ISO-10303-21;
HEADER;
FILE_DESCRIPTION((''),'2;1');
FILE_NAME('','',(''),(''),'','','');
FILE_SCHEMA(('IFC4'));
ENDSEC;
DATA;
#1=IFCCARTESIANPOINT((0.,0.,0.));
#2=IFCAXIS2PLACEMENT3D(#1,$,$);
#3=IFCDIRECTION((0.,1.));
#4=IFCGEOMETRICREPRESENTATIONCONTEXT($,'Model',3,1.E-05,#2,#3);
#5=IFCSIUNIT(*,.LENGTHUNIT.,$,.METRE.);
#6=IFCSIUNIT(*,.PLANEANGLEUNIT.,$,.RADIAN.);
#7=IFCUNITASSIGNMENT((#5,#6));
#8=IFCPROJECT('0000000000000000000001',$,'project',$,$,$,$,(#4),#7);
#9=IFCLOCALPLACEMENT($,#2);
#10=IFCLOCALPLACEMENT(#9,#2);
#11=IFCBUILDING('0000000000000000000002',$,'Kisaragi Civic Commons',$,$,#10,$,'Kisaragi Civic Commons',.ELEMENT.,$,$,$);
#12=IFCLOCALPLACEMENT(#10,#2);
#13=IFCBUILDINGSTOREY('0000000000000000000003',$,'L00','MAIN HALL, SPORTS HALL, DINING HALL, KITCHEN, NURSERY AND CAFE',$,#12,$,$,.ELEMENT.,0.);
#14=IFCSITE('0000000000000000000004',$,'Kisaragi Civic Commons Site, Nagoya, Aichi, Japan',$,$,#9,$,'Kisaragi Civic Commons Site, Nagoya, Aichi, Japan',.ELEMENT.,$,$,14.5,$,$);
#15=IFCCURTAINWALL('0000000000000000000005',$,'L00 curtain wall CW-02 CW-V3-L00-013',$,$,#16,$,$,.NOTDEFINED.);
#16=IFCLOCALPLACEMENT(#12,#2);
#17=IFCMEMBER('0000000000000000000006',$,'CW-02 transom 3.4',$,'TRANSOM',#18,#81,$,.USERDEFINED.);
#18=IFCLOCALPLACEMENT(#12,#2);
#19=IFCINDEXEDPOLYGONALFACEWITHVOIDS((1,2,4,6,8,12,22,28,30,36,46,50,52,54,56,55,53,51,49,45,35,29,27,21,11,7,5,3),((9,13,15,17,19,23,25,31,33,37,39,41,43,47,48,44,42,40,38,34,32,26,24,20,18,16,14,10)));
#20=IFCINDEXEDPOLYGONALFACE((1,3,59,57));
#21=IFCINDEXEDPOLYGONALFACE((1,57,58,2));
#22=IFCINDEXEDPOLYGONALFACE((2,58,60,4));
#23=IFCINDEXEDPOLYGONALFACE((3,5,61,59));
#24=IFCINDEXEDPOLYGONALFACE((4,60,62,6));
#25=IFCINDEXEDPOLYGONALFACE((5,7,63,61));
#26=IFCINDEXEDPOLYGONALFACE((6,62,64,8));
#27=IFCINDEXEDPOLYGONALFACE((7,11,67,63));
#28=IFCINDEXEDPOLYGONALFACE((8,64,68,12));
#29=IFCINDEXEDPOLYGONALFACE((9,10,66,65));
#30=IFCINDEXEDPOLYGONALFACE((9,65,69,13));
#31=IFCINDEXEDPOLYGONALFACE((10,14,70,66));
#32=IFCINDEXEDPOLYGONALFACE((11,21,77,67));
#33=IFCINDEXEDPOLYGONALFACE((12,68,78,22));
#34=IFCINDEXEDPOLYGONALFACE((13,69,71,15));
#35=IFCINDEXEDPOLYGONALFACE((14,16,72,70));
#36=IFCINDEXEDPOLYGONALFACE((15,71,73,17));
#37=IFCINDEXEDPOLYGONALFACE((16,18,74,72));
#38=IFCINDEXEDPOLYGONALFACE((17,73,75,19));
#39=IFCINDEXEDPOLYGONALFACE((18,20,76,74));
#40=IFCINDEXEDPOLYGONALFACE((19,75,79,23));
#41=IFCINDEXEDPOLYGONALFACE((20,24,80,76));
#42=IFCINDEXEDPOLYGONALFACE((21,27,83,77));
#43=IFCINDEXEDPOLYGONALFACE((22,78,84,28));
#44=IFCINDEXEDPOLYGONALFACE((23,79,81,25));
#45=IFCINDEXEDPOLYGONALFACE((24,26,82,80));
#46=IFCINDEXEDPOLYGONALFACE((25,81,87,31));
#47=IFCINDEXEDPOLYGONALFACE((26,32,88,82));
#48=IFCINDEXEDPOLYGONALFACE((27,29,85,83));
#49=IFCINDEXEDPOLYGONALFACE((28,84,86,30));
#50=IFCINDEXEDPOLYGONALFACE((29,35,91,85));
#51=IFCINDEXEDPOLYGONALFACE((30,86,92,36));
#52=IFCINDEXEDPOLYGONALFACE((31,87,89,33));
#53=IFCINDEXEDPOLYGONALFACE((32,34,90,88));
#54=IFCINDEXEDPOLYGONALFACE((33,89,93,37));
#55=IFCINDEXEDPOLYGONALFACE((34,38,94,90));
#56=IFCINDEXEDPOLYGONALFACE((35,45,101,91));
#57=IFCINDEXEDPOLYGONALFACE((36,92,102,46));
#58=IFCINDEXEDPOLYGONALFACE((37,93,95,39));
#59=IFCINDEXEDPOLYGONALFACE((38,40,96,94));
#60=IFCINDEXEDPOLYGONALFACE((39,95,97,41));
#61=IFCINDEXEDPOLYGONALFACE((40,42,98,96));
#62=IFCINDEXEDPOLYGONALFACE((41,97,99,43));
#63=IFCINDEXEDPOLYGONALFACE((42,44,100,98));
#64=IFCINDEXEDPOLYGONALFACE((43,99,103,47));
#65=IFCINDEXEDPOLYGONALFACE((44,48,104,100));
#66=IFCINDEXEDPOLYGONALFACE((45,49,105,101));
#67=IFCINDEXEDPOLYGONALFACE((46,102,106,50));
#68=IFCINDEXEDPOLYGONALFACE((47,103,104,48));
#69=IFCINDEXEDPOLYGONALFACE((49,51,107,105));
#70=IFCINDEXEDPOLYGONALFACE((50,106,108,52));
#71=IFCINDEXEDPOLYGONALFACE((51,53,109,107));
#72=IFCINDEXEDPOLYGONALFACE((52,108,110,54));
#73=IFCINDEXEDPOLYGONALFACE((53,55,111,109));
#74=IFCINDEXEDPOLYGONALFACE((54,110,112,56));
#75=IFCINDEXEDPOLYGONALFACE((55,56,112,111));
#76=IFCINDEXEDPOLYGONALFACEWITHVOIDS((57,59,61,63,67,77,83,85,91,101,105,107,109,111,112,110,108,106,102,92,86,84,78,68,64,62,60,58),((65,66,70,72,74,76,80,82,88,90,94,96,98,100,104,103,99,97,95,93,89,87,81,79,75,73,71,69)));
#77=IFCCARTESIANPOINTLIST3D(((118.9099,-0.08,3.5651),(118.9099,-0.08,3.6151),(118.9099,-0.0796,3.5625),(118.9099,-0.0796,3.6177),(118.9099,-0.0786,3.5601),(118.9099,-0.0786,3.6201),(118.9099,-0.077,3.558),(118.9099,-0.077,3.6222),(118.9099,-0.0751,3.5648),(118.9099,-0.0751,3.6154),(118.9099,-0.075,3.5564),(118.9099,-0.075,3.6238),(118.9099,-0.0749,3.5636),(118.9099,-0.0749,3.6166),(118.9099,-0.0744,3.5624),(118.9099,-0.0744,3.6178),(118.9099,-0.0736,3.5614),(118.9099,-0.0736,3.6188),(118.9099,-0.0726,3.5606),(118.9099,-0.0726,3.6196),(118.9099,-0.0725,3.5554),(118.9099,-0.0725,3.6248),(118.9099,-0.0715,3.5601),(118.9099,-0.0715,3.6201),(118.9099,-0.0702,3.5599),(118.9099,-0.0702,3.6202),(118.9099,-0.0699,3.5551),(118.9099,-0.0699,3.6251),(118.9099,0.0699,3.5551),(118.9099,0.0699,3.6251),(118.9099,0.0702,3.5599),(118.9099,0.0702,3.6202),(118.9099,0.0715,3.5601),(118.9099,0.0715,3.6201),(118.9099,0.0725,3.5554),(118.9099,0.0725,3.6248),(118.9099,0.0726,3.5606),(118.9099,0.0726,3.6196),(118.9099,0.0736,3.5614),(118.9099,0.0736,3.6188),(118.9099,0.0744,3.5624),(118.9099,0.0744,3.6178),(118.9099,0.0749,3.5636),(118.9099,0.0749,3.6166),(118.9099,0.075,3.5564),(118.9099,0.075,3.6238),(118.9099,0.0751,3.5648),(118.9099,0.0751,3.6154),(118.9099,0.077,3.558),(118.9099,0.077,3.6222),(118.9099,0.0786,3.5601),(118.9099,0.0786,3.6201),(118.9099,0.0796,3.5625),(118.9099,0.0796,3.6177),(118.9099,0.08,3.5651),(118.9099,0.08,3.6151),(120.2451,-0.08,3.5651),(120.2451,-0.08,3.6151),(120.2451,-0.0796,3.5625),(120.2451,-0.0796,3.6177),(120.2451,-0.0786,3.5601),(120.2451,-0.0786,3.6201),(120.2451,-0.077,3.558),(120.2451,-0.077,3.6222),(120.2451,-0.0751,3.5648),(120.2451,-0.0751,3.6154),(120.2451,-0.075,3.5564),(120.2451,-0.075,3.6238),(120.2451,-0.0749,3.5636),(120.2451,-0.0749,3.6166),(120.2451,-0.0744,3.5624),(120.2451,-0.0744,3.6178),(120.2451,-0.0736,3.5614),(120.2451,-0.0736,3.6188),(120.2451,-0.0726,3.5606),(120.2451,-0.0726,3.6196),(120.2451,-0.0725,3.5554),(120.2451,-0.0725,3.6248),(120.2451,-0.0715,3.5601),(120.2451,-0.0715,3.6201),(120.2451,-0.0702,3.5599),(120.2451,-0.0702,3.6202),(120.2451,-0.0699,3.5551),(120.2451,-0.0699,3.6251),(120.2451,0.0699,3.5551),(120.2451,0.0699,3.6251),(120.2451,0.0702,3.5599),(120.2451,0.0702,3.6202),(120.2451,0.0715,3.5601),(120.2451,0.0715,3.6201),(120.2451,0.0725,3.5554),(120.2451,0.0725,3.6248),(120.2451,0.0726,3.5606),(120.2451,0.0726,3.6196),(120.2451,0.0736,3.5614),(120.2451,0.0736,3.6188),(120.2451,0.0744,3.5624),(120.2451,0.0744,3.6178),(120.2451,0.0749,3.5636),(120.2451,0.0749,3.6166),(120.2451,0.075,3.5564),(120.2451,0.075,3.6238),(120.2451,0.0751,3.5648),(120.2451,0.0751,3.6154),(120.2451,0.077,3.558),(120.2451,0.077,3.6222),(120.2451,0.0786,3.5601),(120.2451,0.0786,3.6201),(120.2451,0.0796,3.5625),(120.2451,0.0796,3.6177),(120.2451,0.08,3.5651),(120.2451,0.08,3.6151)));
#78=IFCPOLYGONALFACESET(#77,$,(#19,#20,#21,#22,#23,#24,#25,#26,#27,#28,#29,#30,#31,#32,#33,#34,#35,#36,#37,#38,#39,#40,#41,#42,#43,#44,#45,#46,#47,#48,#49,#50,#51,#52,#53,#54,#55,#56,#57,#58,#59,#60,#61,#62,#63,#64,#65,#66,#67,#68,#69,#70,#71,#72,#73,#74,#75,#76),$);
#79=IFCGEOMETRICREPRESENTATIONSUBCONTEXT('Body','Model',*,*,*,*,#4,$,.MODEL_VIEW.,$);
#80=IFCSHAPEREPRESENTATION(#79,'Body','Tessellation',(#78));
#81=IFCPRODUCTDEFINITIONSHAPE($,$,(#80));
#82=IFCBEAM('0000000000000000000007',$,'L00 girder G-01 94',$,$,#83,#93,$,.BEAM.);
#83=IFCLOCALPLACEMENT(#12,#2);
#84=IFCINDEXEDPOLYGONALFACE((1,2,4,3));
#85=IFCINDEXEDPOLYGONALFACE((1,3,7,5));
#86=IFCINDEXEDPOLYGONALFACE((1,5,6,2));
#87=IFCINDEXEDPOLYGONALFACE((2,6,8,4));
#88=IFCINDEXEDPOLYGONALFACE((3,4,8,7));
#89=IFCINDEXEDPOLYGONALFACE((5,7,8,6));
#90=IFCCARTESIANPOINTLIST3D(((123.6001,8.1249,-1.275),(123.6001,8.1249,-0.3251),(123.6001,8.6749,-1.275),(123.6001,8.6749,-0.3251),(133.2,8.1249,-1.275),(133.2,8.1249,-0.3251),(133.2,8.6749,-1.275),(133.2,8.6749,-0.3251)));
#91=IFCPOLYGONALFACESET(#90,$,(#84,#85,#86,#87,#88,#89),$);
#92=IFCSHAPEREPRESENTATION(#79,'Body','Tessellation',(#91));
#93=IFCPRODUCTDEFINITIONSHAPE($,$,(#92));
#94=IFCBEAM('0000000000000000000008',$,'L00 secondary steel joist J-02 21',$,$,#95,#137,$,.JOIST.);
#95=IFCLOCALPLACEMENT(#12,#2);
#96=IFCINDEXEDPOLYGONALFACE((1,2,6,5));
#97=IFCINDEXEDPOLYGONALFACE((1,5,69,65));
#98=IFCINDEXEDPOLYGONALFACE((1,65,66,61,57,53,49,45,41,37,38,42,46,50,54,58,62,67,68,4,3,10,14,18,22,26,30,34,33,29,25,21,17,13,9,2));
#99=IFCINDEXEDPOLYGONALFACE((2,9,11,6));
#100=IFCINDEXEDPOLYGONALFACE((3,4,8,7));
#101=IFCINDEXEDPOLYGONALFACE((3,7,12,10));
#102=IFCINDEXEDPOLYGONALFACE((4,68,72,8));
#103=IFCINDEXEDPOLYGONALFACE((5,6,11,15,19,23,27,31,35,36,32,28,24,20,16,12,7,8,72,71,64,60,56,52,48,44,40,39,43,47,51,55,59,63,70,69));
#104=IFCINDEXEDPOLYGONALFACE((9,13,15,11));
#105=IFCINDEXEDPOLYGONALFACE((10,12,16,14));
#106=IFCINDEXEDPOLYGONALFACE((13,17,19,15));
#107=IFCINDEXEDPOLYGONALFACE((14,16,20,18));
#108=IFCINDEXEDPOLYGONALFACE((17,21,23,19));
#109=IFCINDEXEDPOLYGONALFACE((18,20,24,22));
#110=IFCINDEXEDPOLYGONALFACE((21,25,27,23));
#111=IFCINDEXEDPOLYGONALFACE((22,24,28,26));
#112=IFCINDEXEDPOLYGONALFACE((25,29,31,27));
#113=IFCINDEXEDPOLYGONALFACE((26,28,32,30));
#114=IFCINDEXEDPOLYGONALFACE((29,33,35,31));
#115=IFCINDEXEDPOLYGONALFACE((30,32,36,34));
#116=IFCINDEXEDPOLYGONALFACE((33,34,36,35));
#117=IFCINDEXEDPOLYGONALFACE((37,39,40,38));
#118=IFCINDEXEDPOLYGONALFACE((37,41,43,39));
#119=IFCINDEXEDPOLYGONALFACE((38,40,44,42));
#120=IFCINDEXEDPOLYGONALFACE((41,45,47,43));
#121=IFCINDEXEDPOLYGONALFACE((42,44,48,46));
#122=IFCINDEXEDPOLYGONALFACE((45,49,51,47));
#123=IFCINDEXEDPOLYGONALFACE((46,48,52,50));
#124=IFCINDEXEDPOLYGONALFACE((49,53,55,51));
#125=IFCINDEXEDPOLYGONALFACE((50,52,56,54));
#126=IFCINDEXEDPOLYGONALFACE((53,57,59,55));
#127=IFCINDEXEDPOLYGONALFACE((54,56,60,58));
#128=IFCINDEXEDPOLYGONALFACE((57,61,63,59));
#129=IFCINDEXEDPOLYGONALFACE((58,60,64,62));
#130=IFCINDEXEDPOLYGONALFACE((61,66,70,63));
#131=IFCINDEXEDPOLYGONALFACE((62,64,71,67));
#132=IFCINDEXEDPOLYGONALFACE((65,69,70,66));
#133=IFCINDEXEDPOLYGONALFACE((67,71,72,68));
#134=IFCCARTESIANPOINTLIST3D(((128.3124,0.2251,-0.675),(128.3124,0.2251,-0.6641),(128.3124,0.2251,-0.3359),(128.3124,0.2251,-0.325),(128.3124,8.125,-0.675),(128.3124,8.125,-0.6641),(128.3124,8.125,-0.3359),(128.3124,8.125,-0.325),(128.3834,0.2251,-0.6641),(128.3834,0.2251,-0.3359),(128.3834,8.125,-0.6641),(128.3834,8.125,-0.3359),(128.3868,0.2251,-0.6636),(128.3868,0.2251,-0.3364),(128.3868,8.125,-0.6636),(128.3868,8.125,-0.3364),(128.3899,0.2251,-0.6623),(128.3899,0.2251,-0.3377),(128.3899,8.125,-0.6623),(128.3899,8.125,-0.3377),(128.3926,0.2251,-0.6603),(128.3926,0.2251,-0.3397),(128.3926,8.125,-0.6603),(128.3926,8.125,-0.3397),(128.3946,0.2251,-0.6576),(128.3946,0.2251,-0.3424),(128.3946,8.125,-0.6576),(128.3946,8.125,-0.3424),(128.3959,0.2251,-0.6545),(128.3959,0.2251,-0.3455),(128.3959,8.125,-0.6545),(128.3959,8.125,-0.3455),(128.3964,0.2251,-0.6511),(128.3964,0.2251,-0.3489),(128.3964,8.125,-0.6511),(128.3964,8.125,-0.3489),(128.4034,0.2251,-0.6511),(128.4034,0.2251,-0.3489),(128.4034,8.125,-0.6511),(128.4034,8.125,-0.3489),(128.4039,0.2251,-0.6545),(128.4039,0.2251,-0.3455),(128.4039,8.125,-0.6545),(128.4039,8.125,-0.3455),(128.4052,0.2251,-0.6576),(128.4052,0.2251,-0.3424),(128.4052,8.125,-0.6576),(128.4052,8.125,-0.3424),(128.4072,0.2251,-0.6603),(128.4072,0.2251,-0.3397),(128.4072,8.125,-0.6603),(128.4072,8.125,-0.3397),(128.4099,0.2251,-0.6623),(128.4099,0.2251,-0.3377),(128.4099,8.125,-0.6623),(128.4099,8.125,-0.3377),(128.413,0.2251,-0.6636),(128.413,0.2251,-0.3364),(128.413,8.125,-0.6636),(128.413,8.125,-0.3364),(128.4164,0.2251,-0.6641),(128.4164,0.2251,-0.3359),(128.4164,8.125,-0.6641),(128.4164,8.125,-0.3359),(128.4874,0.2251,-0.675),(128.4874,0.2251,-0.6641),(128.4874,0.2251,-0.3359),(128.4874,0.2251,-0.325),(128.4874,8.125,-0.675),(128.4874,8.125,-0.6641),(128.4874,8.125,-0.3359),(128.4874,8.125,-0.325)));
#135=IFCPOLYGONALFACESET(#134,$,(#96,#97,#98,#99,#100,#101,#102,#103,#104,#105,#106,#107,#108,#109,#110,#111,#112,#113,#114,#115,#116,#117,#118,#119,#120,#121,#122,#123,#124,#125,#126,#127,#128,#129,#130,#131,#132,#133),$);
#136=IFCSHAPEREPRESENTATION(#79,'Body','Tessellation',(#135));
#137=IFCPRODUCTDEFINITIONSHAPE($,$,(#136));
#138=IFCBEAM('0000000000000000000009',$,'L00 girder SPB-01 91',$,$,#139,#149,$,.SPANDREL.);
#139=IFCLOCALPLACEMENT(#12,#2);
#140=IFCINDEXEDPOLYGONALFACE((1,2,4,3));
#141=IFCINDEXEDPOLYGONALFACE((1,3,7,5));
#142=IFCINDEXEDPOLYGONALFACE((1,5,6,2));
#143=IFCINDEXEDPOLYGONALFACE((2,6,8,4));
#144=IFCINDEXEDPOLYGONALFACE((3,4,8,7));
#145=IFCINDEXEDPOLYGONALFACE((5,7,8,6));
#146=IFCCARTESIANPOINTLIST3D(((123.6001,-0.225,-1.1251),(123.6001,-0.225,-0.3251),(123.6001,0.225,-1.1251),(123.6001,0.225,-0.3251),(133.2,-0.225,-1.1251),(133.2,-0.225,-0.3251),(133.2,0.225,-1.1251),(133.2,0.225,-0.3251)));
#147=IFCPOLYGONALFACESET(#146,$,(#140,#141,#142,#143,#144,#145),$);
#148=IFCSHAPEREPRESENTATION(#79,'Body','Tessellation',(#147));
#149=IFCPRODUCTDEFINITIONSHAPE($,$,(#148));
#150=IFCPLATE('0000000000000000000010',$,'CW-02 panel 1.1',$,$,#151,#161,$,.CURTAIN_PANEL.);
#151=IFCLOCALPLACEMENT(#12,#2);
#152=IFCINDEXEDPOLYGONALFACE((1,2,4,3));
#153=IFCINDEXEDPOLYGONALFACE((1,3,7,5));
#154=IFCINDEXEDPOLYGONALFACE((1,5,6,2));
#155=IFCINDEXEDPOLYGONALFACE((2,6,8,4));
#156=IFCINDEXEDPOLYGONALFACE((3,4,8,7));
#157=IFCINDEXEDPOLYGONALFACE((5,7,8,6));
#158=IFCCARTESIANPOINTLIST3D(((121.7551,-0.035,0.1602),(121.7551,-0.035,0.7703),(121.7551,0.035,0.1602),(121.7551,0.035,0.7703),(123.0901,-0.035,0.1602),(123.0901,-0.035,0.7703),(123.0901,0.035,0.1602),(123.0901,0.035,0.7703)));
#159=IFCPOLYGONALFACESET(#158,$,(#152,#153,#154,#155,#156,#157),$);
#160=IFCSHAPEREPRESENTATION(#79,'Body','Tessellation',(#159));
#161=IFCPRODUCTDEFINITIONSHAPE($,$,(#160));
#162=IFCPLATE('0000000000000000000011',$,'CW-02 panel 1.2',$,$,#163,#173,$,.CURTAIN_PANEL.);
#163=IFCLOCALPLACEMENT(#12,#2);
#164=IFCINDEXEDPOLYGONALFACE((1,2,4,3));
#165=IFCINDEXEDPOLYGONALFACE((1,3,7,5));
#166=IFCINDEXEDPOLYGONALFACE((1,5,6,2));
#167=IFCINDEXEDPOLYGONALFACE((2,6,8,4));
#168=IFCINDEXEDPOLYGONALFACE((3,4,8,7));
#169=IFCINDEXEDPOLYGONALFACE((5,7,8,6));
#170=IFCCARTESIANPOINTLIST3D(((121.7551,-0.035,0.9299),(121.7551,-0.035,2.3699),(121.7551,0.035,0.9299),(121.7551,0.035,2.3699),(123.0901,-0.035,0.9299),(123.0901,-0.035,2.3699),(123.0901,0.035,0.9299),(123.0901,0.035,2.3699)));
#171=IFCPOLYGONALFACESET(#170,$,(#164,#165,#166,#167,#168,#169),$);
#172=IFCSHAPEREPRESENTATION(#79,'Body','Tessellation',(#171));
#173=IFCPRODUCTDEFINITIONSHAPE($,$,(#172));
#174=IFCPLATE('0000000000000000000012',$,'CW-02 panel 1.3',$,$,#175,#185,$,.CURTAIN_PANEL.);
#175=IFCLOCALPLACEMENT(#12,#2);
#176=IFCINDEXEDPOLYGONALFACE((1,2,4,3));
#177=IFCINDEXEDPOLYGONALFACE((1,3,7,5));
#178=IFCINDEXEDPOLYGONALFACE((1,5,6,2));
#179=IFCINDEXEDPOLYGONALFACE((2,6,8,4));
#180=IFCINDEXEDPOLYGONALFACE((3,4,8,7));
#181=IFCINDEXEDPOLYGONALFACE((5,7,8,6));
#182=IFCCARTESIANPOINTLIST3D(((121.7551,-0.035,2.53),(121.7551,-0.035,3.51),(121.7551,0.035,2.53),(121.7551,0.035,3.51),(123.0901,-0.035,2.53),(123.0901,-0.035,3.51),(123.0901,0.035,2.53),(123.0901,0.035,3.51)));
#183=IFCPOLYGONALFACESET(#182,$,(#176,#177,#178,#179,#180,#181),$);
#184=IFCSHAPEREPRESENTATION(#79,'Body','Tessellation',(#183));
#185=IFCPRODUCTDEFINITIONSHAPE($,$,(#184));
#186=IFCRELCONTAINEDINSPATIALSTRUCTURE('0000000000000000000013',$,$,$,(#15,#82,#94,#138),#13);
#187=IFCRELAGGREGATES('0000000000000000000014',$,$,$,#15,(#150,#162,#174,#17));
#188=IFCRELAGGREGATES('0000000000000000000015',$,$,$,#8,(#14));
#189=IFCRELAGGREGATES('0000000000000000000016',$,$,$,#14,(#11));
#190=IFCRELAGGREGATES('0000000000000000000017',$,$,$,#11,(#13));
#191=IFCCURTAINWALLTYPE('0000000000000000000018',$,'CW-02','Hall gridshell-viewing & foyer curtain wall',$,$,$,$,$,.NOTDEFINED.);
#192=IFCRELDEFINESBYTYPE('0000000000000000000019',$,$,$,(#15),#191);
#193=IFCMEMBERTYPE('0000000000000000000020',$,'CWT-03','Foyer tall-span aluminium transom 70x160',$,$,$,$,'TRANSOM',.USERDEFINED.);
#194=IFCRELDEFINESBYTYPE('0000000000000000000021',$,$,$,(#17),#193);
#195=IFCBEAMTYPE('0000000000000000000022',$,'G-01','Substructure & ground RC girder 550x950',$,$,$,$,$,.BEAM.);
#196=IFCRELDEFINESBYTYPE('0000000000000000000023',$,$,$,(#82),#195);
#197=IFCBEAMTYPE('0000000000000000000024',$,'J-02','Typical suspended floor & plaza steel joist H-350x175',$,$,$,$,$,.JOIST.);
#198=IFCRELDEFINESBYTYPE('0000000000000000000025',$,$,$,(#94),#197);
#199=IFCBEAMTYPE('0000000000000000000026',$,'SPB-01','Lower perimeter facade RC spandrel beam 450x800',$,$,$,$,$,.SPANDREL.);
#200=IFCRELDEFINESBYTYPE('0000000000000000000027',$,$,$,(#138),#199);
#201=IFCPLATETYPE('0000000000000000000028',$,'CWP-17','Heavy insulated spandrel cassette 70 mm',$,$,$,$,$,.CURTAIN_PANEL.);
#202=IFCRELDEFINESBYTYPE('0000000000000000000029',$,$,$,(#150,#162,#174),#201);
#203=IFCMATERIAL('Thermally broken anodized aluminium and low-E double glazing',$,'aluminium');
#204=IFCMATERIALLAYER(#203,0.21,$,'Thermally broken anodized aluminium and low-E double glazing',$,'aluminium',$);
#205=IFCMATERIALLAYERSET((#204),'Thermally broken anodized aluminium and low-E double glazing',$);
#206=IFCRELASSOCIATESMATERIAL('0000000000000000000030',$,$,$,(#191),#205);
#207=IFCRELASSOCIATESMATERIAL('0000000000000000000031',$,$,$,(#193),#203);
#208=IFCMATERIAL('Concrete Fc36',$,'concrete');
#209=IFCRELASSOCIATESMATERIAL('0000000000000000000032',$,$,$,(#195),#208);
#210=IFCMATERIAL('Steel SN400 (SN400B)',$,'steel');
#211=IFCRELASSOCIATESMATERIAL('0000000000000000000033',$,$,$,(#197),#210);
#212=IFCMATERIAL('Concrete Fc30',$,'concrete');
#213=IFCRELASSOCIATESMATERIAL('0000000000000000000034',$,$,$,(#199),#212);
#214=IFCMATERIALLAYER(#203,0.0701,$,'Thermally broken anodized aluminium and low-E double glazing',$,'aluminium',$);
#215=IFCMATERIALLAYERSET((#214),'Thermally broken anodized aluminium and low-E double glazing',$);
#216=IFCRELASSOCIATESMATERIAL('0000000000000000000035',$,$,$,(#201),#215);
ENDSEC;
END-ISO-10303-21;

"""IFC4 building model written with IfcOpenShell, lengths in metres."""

from ifc_helpers import new_model, si_unit, direction, frame, origin, origin_2d, place, context, subcontext, project, spatial, rectangle, hollow_rectangle, i_section, extrude, material, layer, layer_set, material_profile, profile_set, type_object, element, aggregate, save


model = new_model("IFC4")

# Units and contexts
model_context = context("Model", 3, precision=1e-05, world=origin(), true_north=direction((0.0, 1.0)))
body_context = subcontext(model_context, "Body", "Model", "MODEL_VIEW")
ifc_project = project(units=[si_unit("LENGTHUNIT", "METRE"), si_unit("PLANEANGLEUNIT", "RADIAN")], contexts=[model_context])

# Site, building, storey
site_placement = place(None, origin())
site = spatial("IfcSite", under=ifc_project, at=site_placement, Name="Kisaragi Civic Commons Site, Nagoya, Aichi, Japan", LongName="Kisaragi Civic Commons Site, Nagoya, Aichi, Japan", CompositionType="ELEMENT", RefElevation=14.5)
building_placement = place(site_placement, origin())
building = spatial("IfcBuilding", under=site, at=building_placement, Name="Kisaragi Civic Commons", LongName="Kisaragi Civic Commons", CompositionType="ELEMENT")
storey_placement = place(building_placement, origin())
storey = spatial("IfcBuildingStorey", under=building, at=storey_placement, Name="L00", Description="MAIN HALL, SPORTS HALL, DINING HALL, KITCHEN, NURSERY AND CAFE", CompositionType="ELEMENT", Elevation=0.0)

# Shared definitions
ifc_material_1 = material(Name="Concrete Fc36", Category="concrete")

# Curtain wall, member
ifc_material_2 = material(Name="Thermally broken anodized aluminium and low-E double glazing", Category="aluminium")
ifc_layer_1 = layer(ifc_material_2, 0.21, Name="Thermally broken anodized aluminium and low-E double glazing", Category="aluminium")
ifc_layer_set_1 = layer_set([ifc_layer_1], Name="Thermally broken anodized aluminium and low-E double glazing")
curtain_wall_type = type_object("IfcCurtainWallType", Name="CW-02", Description="Hall gridshell-viewing & foyer curtain wall", PredefinedType="NOTDEFINED", material=ifc_layer_set_1)
curtain_wall_placement = place(storey_placement, origin())
curtain_wall = element("IfcCurtainWall", 1, at=curtain_wall_placement, inside=storey, type_object=curtain_wall_type, Name="L00 curtain wall CW-02 CW-V3-L00-013", PredefinedType="NOTDEFINED")
ifc_material_profile_1 = material_profile(ifc_material_2, hollow_rectangle(XDim=0.1599, YDim=0.0701, WallThickness=0.0049, InnerFilletRadius=0.0049, OuterFilletRadius=0.01, at=origin_2d()), Name="CWT-70x160x5", Category="aluminium")
ifc_profile_set_1 = profile_set([ifc_material_profile_1], Name="Thermally broken anodized aluminium and low-E double glazing")
member_type_1 = type_object("IfcMemberType", Name="CWT-03", Description="Foyer tall-span aluminium transom 70x160", ElementType="TRANSOM", PredefinedType="USERDEFINED", material=ifc_profile_set_1)
member_1_placement = place(storey_placement, frame((120.2451, 0.0, 3.5901), z_axis=(-1.0, 0.0, 0.0), x_axis=(0.0, -1.0, 0.0)))
member_1 = element("IfcMember", 2, at=member_1_placement, type_object=member_type_1, Name="CW-02 transom 3.4", ObjectType="TRANSOM", PredefinedType="USERDEFINED", context=body_context, shape_type="SweptSolid", body=[
    extrude(hollow_rectangle(XDim=0.1599, YDim=0.0701, WallThickness=0.0049, InnerFilletRadius=0.0049, OuterFilletRadius=0.01, at=origin_2d()), origin(), (0.0, 0.0, 1.0), 1.3352),
])

# Beams
ifc_material_profile_2 = material_profile(ifc_material_1, rectangle(XDim=0.55, YDim=0.95, at=origin_2d()), Name="RC-550x950", Category="concrete")
ifc_profile_set_2 = profile_set([ifc_material_profile_2], Name="Concrete Fc36")
beam_type_1 = type_object("IfcBeamType", Name="G-01", Description="Substructure & ground RC girder 550x950", PredefinedType="BEAM", material=ifc_profile_set_2)
beam_1_placement = place(storey_placement, frame((123.6001, 8.3999, -0.8), z_axis=(1.0, 0.0, 0.0), x_axis=(0.0, 1.0, 0.0)))
element("IfcBeam", 3, at=beam_1_placement, inside=storey, type_object=beam_type_1, Name="L00 girder G-01 94", PredefinedType="BEAM", context=body_context, shape_type="SweptSolid", body=[
    extrude(rectangle(XDim=0.55, YDim=0.95, at=origin_2d()), origin(), (0.0, 0.0, 1.0), 9.5999),
])
ifc_material_3 = material(Name="Steel SN400 (SN400B)", Category="steel")
ifc_material_profile_3 = material_profile(ifc_material_3, i_section(OverallWidth=0.175, OverallDepth=0.3501, WebThickness=0.0071, FlangeThickness=0.011, FilletRadius=0.0129, at=origin_2d()), Name="H-350x175x7x11", Category="steel")
ifc_profile_set_3 = profile_set([ifc_material_profile_3], Name="Steel SN400 (SN400B)")
beam_type_2 = type_object("IfcBeamType", Name="J-02", Description="Typical suspended floor & plaza steel joist H-350x175", PredefinedType="JOIST", material=ifc_profile_set_3)
beam_2_placement = place(storey_placement, frame((128.3999, 0.2251, -0.5), z_axis=(0.0, 1.0, 0.0), x_axis=(-1.0, 0.0, 0.0)))
element("IfcBeam", 4, at=beam_2_placement, inside=storey, type_object=beam_type_2, Name="L00 secondary steel joist J-02 21", PredefinedType="JOIST", context=body_context, shape_type="SweptSolid", body=[
    extrude(i_section(OverallWidth=0.175, OverallDepth=0.3501, WebThickness=0.0071, FlangeThickness=0.011, FilletRadius=0.0129, at=origin_2d()), origin(), (0.0, 0.0, 1.0), 7.8999),
])
ifc_material_4 = material(Name="Concrete Fc30", Category="concrete")
ifc_material_profile_4 = material_profile(ifc_material_4, rectangle(XDim=0.45, YDim=0.8, at=origin_2d()), Name="RC-450x800", Category="concrete")
ifc_profile_set_4 = profile_set([ifc_material_profile_4], Name="Concrete Fc30")
beam_type_3 = type_object("IfcBeamType", Name="SPB-01", Description="Lower perimeter facade RC spandrel beam 450x800", PredefinedType="SPANDREL", material=ifc_profile_set_4)
beam_3_placement = place(storey_placement, frame((123.6001, 0.0, -0.7251), z_axis=(1.0, 0.0, 0.0), x_axis=(0.0, 1.0, 0.0)))
element("IfcBeam", 5, at=beam_3_placement, inside=storey, type_object=beam_type_3, Name="L00 girder SPB-01 91", PredefinedType="SPANDREL", context=body_context, shape_type="SweptSolid", body=[
    extrude(rectangle(XDim=0.45, YDim=0.8, at=origin_2d()), origin(), (0.0, 0.0, 1.0), 9.5999),
])

# Plates
ifc_layer_2 = layer(ifc_material_2, 0.0701, Name="Thermally broken anodized aluminium and low-E double glazing", Category="aluminium")
ifc_layer_set_2 = layer_set([ifc_layer_2], Name="Thermally broken anodized aluminium and low-E double glazing")
plate_type = type_object("IfcPlateType", Name="CWP-17", Description="Heavy insulated spandrel cassette 70 mm", PredefinedType="CURTAIN_PANEL", material=ifc_layer_set_2)
plate_1_placement = place(storey_placement, frame((122.4226, 0.0, 0.1602), z_axis=(0.0, 0.0, 1.0), x_axis=(-1.0, 0.0, 0.0)))
plate_1 = element("IfcPlate", 6, at=plate_1_placement, type_object=plate_type, Name="CW-02 panel 1.1", PredefinedType="CURTAIN_PANEL", context=body_context, shape_type="SweptSolid", body=[
    extrude(rectangle(XDim=1.335, YDim=0.0701, at=origin_2d()), origin(), (0.0, 0.0, 1.0), 0.6101),
])
plate_2_placement = place(storey_placement, frame((122.4226, 0.0, 0.9299), z_axis=(0.0, 0.0, 1.0), x_axis=(-1.0, 0.0, 0.0)))
plate_2 = element("IfcPlate", 7, at=plate_2_placement, type_object=plate_type, Name="CW-02 panel 1.2", PredefinedType="CURTAIN_PANEL", context=body_context, shape_type="SweptSolid", body=[
    extrude(rectangle(XDim=1.335, YDim=0.0701, at=origin_2d()), origin(), (0.0, 0.0, 1.0), 1.4399),
])
plate_3_placement = place(storey_placement, frame((122.4226, 0.0, 2.53), z_axis=(0.0, 0.0, 1.0), x_axis=(-1.0, 0.0, 0.0)))
plate_3 = element("IfcPlate", 8, at=plate_3_placement, type_object=plate_type, Name="CW-02 panel 1.3", PredefinedType="CURTAIN_PANEL", context=body_context, shape_type="SweptSolid", body=[
    extrude(rectangle(XDim=1.335, YDim=0.0701, at=origin_2d()), origin(), (0.0, 0.0, 1.0), 0.98),
])
aggregate(curtain_wall, [plate_1, plate_2, plate_3, member_1])

save(model, "model.ifc")
